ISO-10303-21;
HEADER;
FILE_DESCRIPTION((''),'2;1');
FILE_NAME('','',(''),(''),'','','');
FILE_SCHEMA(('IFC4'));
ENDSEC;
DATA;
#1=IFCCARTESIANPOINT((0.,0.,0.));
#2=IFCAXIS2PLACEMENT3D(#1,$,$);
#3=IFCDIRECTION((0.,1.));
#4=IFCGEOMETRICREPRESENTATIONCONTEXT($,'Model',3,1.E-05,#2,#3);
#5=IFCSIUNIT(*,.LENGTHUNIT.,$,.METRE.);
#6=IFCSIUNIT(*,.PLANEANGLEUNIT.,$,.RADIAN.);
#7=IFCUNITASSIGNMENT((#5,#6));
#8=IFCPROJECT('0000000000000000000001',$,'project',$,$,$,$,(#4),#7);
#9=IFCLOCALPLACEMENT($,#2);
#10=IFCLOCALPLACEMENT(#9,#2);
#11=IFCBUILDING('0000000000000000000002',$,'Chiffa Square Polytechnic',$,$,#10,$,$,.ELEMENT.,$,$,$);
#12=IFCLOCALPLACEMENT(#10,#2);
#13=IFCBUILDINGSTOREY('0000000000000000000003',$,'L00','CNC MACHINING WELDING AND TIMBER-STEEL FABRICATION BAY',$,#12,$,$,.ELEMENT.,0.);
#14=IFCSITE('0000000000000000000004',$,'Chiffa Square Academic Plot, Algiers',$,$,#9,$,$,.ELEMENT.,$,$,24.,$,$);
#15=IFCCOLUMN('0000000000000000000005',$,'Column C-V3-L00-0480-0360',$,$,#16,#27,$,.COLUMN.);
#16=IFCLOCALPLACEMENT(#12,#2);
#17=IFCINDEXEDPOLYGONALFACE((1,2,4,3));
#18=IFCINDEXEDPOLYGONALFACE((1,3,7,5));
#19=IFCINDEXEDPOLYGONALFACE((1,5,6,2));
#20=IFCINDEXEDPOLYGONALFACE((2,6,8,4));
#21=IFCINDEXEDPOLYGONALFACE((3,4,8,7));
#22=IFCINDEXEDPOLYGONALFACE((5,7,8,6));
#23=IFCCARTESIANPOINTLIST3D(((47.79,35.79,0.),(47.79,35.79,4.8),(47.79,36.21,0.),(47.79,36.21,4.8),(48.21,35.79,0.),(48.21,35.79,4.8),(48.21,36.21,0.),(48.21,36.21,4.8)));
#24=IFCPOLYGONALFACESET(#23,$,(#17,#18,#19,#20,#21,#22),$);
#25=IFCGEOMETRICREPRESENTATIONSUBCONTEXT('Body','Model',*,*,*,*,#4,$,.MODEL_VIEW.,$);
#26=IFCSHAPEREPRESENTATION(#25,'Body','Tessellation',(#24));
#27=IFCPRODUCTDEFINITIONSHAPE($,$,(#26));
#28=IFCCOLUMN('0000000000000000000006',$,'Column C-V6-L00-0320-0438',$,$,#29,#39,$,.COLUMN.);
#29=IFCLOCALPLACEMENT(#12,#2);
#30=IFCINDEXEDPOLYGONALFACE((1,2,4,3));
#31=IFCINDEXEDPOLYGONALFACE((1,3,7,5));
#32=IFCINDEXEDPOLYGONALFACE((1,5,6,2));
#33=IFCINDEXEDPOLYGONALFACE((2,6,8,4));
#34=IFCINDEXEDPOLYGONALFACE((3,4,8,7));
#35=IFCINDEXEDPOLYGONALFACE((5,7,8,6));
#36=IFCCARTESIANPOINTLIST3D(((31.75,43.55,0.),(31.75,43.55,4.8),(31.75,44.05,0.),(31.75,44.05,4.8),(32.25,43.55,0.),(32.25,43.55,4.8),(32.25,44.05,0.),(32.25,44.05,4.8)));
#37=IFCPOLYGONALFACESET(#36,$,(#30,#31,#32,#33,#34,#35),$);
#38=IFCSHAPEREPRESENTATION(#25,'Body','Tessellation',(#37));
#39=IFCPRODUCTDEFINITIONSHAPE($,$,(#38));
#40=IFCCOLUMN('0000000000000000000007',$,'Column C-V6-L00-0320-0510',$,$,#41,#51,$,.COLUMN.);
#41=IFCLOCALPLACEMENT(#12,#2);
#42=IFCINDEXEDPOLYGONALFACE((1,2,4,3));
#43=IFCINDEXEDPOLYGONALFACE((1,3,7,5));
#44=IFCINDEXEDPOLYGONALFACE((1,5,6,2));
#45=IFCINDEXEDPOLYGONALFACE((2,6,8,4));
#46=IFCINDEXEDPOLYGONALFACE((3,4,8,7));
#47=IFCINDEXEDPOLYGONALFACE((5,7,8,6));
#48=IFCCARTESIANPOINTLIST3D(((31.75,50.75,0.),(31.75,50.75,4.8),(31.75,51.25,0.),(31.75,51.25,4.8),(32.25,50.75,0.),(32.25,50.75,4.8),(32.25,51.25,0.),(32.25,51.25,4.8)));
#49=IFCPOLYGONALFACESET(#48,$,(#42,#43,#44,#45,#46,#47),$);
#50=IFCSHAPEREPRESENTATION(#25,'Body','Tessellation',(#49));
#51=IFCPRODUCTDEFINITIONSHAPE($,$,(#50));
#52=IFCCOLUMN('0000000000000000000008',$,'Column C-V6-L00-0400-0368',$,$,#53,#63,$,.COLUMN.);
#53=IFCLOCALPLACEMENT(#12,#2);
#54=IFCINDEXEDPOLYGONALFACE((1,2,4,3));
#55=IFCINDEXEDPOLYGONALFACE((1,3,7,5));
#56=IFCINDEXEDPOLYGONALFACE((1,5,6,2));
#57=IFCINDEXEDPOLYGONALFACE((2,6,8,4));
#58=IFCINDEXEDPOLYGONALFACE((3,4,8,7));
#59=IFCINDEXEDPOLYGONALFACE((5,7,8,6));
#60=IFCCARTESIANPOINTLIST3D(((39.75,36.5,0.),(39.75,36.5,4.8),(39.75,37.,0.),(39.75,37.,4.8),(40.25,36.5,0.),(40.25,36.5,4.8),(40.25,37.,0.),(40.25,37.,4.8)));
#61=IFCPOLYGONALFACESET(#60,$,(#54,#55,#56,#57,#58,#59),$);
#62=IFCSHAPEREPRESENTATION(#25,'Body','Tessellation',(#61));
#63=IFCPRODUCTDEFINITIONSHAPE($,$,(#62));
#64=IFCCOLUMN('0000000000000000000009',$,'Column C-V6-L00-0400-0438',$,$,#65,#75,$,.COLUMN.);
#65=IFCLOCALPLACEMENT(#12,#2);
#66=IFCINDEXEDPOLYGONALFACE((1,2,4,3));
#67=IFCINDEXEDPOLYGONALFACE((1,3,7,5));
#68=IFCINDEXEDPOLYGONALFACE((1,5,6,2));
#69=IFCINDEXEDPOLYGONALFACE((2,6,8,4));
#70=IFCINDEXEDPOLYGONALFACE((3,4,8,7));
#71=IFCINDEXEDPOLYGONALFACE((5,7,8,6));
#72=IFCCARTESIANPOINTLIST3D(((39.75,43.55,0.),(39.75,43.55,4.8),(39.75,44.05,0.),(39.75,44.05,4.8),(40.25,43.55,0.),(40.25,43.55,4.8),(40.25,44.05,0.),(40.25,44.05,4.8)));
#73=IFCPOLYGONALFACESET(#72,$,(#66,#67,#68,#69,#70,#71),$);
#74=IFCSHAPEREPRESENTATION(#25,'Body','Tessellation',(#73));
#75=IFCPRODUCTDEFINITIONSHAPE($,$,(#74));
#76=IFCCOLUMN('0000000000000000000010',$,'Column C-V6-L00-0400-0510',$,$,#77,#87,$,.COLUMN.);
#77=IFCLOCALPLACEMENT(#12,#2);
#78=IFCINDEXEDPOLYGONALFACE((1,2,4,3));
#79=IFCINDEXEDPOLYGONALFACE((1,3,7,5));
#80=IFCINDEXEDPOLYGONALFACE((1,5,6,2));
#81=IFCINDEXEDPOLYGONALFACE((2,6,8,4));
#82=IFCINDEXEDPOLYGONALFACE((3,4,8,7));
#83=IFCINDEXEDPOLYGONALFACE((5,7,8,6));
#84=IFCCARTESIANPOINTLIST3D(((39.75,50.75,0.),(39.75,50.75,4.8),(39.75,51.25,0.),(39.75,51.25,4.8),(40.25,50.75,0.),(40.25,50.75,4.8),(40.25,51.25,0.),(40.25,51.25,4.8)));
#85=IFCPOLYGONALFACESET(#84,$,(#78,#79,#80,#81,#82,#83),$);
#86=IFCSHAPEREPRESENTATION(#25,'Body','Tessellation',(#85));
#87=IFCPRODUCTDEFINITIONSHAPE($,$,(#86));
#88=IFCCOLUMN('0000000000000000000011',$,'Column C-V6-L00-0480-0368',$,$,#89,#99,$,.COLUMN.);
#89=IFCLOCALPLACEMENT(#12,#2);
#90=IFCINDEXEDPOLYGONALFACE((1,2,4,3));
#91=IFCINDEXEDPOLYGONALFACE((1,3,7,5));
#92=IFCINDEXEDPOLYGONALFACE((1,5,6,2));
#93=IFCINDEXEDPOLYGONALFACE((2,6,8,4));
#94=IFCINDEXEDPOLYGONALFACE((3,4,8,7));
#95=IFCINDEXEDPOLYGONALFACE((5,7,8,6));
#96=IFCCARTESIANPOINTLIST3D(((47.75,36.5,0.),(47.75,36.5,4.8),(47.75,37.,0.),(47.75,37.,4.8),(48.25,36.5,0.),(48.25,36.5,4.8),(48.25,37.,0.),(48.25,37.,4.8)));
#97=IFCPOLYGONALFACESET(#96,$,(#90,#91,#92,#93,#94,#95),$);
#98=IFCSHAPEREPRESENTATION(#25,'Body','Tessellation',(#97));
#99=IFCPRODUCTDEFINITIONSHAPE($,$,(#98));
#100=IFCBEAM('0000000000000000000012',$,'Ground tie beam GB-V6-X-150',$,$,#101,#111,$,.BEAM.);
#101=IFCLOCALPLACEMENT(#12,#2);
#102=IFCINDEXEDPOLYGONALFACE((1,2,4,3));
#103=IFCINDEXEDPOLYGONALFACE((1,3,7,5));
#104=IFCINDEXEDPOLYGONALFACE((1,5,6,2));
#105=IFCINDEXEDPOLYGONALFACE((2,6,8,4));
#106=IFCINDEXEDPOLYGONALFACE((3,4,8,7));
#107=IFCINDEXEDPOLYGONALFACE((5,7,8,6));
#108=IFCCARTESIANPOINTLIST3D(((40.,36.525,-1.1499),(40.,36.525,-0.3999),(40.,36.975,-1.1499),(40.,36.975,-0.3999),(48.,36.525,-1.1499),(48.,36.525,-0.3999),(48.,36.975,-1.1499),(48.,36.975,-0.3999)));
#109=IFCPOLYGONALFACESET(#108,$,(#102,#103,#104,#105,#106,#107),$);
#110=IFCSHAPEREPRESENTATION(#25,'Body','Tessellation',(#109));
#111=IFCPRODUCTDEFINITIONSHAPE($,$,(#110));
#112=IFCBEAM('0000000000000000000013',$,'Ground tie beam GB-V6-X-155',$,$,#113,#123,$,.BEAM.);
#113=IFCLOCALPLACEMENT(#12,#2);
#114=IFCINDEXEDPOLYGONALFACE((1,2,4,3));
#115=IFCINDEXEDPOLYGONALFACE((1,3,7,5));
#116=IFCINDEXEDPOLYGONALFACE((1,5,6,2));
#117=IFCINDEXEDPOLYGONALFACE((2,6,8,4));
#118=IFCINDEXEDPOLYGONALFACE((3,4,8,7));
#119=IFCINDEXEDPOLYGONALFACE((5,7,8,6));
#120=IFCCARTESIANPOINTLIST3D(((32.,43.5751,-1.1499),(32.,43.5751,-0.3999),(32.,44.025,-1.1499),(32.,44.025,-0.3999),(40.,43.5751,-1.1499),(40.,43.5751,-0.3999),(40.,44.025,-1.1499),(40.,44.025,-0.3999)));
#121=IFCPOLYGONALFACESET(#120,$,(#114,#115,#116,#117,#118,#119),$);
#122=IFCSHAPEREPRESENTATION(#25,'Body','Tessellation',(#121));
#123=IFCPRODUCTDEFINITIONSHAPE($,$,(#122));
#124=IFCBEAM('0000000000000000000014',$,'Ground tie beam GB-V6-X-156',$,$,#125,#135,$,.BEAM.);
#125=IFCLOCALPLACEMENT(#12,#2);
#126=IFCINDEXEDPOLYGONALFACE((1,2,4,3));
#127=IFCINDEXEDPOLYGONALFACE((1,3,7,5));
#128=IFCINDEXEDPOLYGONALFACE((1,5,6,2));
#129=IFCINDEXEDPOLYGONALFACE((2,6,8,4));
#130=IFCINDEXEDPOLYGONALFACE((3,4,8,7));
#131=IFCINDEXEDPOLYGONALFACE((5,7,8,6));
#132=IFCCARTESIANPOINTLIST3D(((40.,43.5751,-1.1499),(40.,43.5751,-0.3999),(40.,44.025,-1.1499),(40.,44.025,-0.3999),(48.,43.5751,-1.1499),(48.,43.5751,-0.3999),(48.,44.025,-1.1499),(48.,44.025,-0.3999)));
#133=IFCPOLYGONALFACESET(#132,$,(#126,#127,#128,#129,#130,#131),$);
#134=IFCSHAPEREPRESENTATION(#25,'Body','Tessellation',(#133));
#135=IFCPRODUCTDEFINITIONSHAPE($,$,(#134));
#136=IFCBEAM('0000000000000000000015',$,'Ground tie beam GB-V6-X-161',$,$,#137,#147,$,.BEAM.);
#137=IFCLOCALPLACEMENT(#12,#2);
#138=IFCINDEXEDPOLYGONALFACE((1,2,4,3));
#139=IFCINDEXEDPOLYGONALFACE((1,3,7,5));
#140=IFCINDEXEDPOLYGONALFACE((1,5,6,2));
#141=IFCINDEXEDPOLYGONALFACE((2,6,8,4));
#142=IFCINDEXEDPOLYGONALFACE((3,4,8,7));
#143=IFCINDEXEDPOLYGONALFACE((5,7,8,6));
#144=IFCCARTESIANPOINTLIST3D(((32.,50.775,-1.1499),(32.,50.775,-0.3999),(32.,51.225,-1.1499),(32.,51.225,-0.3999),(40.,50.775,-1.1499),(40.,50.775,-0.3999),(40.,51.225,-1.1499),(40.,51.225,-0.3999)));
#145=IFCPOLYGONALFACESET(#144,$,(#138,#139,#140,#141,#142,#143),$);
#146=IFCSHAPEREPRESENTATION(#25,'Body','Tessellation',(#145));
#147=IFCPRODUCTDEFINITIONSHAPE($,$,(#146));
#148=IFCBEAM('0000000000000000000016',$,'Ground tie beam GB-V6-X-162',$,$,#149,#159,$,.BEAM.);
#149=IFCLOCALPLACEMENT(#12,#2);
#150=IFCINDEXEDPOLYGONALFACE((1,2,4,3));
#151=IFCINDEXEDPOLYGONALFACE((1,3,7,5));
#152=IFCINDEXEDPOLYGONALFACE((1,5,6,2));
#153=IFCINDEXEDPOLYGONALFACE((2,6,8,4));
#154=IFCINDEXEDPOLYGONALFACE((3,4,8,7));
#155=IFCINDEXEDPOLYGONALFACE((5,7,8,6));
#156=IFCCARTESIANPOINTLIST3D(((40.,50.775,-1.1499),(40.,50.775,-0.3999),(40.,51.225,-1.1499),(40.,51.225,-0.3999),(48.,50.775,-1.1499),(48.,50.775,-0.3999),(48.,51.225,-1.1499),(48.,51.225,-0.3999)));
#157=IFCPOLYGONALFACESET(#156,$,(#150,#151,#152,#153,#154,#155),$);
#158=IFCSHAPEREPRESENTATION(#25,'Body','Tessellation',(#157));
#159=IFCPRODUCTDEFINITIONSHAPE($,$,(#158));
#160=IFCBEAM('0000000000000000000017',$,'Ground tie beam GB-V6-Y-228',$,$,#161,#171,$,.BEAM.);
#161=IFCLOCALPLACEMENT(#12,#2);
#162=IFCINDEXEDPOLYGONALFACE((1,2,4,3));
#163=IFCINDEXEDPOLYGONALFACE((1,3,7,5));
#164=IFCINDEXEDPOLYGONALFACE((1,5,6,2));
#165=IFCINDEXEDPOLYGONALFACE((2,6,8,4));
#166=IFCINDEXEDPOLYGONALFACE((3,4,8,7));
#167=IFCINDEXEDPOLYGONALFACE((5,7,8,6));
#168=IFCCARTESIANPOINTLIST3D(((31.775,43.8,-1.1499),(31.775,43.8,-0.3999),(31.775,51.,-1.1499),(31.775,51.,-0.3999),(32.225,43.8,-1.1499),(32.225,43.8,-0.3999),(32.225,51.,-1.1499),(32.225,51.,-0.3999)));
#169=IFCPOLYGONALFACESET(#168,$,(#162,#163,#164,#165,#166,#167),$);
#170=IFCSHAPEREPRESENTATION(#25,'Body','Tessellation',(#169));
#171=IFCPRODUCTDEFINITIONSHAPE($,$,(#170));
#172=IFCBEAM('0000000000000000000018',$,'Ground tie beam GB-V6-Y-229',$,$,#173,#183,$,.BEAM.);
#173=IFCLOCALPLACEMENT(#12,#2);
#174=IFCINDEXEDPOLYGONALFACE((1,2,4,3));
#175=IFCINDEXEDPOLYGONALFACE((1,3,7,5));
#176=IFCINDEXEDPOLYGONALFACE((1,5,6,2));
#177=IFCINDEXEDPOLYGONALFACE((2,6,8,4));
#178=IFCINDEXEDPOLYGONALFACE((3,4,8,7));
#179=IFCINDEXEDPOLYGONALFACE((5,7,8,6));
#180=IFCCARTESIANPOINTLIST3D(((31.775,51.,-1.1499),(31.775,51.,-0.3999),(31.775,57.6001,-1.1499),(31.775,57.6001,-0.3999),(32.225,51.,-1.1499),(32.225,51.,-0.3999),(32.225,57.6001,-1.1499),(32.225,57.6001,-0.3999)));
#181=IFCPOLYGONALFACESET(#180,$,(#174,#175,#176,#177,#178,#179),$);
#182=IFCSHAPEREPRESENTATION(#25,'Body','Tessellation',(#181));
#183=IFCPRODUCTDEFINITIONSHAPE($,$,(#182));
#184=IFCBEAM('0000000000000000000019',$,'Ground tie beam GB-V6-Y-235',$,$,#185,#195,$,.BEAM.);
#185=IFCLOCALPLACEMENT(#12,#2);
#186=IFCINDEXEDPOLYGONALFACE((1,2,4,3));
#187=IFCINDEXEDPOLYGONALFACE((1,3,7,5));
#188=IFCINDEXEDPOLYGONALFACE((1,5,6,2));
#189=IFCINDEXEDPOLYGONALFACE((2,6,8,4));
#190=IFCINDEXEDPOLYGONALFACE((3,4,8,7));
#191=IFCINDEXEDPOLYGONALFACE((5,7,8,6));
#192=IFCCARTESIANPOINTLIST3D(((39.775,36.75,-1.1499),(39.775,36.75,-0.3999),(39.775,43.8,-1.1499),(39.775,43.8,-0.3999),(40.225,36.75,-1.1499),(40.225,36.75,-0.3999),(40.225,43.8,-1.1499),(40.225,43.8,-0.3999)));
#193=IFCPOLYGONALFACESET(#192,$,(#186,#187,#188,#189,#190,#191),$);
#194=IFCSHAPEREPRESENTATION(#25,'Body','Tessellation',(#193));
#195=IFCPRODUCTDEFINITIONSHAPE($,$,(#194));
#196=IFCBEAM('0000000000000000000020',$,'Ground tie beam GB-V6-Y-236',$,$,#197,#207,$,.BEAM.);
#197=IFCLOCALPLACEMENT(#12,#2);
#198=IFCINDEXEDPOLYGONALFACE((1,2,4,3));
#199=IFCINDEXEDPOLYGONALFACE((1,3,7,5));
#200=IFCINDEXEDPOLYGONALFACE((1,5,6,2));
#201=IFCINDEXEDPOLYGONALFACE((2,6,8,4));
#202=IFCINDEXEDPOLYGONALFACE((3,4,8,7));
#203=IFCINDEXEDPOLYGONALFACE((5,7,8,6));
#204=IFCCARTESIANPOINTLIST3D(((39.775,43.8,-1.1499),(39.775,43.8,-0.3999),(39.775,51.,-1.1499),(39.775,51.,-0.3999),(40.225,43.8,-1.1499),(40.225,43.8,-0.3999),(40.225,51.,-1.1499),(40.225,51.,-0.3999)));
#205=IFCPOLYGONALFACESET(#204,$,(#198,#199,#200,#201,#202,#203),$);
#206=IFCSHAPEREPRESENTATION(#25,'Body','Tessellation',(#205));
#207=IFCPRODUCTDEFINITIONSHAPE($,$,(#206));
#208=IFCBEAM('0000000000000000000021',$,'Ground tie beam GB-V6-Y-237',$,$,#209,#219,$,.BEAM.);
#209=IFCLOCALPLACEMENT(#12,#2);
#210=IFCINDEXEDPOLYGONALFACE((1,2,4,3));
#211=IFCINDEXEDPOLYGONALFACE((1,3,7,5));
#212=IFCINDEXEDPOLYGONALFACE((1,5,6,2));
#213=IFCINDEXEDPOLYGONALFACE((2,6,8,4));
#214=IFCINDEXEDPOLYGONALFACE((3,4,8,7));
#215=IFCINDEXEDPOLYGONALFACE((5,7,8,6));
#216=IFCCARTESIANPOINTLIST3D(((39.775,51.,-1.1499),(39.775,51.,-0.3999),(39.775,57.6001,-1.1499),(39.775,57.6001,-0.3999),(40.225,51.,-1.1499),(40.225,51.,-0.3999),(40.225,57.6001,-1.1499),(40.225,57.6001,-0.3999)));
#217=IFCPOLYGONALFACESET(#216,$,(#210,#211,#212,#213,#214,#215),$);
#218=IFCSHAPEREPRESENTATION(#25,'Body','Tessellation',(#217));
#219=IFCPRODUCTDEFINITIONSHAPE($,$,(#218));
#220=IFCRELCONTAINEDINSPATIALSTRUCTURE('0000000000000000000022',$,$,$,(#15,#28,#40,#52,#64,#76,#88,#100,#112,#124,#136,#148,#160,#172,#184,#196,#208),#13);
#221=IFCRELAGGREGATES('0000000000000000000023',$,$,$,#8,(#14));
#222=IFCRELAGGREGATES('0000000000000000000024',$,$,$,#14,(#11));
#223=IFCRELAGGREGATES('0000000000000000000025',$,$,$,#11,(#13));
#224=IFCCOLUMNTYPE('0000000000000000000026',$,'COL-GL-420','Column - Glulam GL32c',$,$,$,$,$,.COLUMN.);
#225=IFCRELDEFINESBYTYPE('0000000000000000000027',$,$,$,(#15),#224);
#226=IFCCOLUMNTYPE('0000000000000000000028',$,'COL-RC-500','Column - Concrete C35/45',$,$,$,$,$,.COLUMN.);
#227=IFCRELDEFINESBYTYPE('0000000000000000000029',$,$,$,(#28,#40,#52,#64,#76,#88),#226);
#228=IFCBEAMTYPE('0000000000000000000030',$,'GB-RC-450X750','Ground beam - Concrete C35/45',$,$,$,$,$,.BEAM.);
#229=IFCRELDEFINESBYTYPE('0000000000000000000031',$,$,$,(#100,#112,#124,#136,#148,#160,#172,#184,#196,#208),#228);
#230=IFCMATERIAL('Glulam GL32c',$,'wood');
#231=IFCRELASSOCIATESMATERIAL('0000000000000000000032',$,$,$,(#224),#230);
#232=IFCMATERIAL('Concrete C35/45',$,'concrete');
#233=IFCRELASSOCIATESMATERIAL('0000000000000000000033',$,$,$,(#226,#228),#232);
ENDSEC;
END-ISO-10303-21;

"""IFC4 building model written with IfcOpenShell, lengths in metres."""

from ifc_helpers import new_model, si_unit, direction, frame, origin, origin_2d, place, context, subcontext, project, spatial, rectangle, extrude, material, material_profile, profile_set, type_object, element, save


model = new_model("IFC4")

# Units and contexts
model_context = context("Model", 3, precision=1e-05, world=origin(), true_north=direction((0.0, 1.0)))
body_context = subcontext(model_context, "Body", "Model", "MODEL_VIEW")
ifc_project = project(units=[si_unit("LENGTHUNIT", "METRE"), si_unit("PLANEANGLEUNIT", "RADIAN")], contexts=[model_context])

# Site, building, storey
site_placement = place(None, origin())
site = spatial("IfcSite", under=ifc_project, at=site_placement, Name="Chiffa Square Academic Plot, Algiers", CompositionType="ELEMENT", RefElevation=24.0)
building_placement = place(site_placement, origin())
building = spatial("IfcBuilding", under=site, at=building_placement, Name="Chiffa Square Polytechnic", CompositionType="ELEMENT")
storey_placement = place(building_placement, origin())
storey = spatial("IfcBuildingStorey", under=building, at=storey_placement, Name="L00", Description="CNC MACHINING WELDING AND TIMBER-STEEL FABRICATION BAY", CompositionType="ELEMENT", Elevation=0.0)

# Columns
ifc_material_1 = material(Name="Glulam GL32c", Category="wood")
ifc_material_profile_1 = material_profile(ifc_material_1, rectangle(XDim=0.4199, YDim=0.4199, at=origin_2d()), Name="GL32c 420x420")
ifc_profile_set_1 = profile_set([ifc_material_profile_1], Name="Glulam GL32c")
column_type_1 = type_object("IfcColumnType", Name="COL-GL-420", Description="Column - Glulam GL32c", PredefinedType="COLUMN", material=ifc_profile_set_1)
column_placement = place(storey_placement, frame((48.0, 36.0, 0.0), z_axis=(0.0, 0.0, 1.0), x_axis=(1.0, 0.0, 0.0)))
element("IfcColumn", 1, at=column_placement, inside=storey, type_object=column_type_1, Name="Column C-V3-L00-0480-0360", PredefinedType="COLUMN", context=body_context, shape_type="SweptSolid", body=[
    extrude(rectangle(XDim=0.4199, YDim=0.4199, at=origin_2d()), origin(), (0.0, 0.0, 1.0), 4.8),
])
ifc_material_2 = material(Name="Concrete C35/45", Category="concrete")
ifc_material_profile_2 = material_profile(ifc_material_2, rectangle(XDim=0.5, YDim=0.5, at=origin_2d()), Name="RC 500x500")
ifc_profile_set_2 = profile_set([ifc_material_profile_2], Name="Concrete C35/45")
column_type_2 = type_object("IfcColumnType", Name="COL-RC-500", Description="Column - Concrete C35/45", PredefinedType="COLUMN", material=ifc_profile_set_2)
for number, where, z_axis, x_axis, name in (
    (2, (32.0, 43.8, 0.0), (0.0, 0.0, 1.0), (1.0, 0.0, 0.0), "Column C-V6-L00-0320-0438"),
    (3, (32.0, 51.0, 0.0), (0.0, 0.0, 1.0), (1.0, 0.0, 0.0), "Column C-V6-L00-0320-0510"),
    (4, (40.0, 36.75, 0.0), (0.0, 0.0, 1.0), (1.0, 0.0, 0.0), "Column C-V6-L00-0400-0368"),
    (5, (40.0, 43.8, 0.0), (0.0, 0.0, 1.0), (1.0, 0.0, 0.0), "Column C-V6-L00-0400-0438"),
    (6, (40.0, 51.0, 0.0), (0.0, 0.0, 1.0), (1.0, 0.0, 0.0), "Column C-V6-L00-0400-0510"),
    (7, (48.0, 36.75, 0.0), (0.0, 0.0, 1.0), (1.0, 0.0, 0.0), "Column C-V6-L00-0480-0368"),
):
    element("IfcColumn", number, at=place(storey_placement, frame(where, z_axis=z_axis, x_axis=x_axis)), inside=storey, type_object=column_type_2, Name=name, PredefinedType="COLUMN", context=body_context, shape_type="SweptSolid", body=[
        extrude(rectangle(XDim=0.5, YDim=0.5, at=origin_2d()), origin(), (0.0, 0.0, 1.0), 4.8),
    ])

# Beams
ifc_material_profile_3 = material_profile(ifc_material_2, rectangle(XDim=0.45, YDim=0.75, at=origin_2d()), Name="RC 450x750")
ifc_profile_set_3 = profile_set([ifc_material_profile_3], Name="Concrete C35/45")
beam_type = type_object("IfcBeamType", Name="GB-RC-450X750", Description="Ground beam - Concrete C35/45", PredefinedType="BEAM", material=ifc_profile_set_3)
for number, where, z_axis, x_axis, name in (
    (8, (40.0, 36.75, -0.7749), (1.0, 0.0, 0.0), (0.0, 1.0, 0.0), "Ground tie beam GB-V6-X-150"),
    (9, (32.0, 43.8, -0.7749), (1.0, 0.0, 0.0), (0.0, 1.0, 0.0), "Ground tie beam GB-V6-X-155"),
    (10, (40.0, 43.8, -0.7749), (1.0, 0.0, 0.0), (0.0, 1.0, 0.0), "Ground tie beam GB-V6-X-156"),
    (11, (32.0, 51.0, -0.7749), (1.0, 0.0, 0.0), (0.0, 1.0, 0.0), "Ground tie beam GB-V6-X-161"),
    (12, (40.0, 51.0, -0.7749), (1.0, 0.0, 0.0), (0.0, 1.0, 0.0), "Ground tie beam GB-V6-X-162"),
):
    element("IfcBeam", number, at=place(storey_placement, frame(where, z_axis=z_axis, x_axis=x_axis)), inside=storey, type_object=beam_type, Name=name, PredefinedType="BEAM", context=body_context, shape_type="SweptSolid", body=[
        extrude(rectangle(XDim=0.45, YDim=0.75, at=origin_2d()), origin(), (0.0, 0.0, 1.0), 8.0),
    ])
beam_1_placement = place(storey_placement, frame((32.0, 43.8, -0.7749), z_axis=(0.0, 1.0, 0.0), x_axis=(-1.0, 0.0, 0.0)))
element("IfcBeam", 13, at=beam_1_placement, inside=storey, type_object=beam_type, Name="Ground tie beam GB-V6-Y-228", PredefinedType="BEAM", context=body_context, shape_type="SweptSolid", body=[
    extrude(rectangle(XDim=0.45, YDim=0.75, at=origin_2d()), origin(), (0.0, 0.0, 1.0), 7.2),
])
beam_2_placement = place(storey_placement, frame((32.0, 51.0, -0.7749), z_axis=(0.0, 1.0, 0.0), x_axis=(-1.0, 0.0, 0.0)))
element("IfcBeam", 14, at=beam_2_placement, inside=storey, type_object=beam_type, Name="Ground tie beam GB-V6-Y-229", PredefinedType="BEAM", context=body_context, shape_type="SweptSolid", body=[
    extrude(rectangle(XDim=0.45, YDim=0.75, at=origin_2d()), origin(), (0.0, 0.0, 1.0), 6.6001),
])
beam_3_placement = place(storey_placement, frame((40.0, 36.75, -0.7749), z_axis=(0.0, 1.0, 0.0), x_axis=(-1.0, 0.0, 0.0)))
element("IfcBeam", 15, at=beam_3_placement, inside=storey, type_object=beam_type, Name="Ground tie beam GB-V6-Y-235", PredefinedType="BEAM", context=body_context, shape_type="SweptSolid", body=[
    extrude(rectangle(XDim=0.45, YDim=0.75, at=origin_2d()), origin(), (0.0, 0.0, 1.0), 7.05),
])
beam_4_placement = place(storey_placement, frame((40.0, 43.8, -0.7749), z_axis=(0.0, 1.0, 0.0), x_axis=(-1.0, 0.0, 0.0)))
element("IfcBeam", 16, at=beam_4_placement, inside=storey, type_object=beam_type, Name="Ground tie beam GB-V6-Y-236", PredefinedType="BEAM", context=body_context, shape_type="SweptSolid", body=[
    extrude(rectangle(XDim=0.45, YDim=0.75, at=origin_2d()), origin(), (0.0, 0.0, 1.0), 7.2),
])
beam_5_placement = place(storey_placement, frame((40.0, 51.0, -0.7749), z_axis=(0.0, 1.0, 0.0), x_axis=(-1.0, 0.0, 0.0)))
element("IfcBeam", 17, at=beam_5_placement, inside=storey, type_object=beam_type, Name="Ground tie beam GB-V6-Y-237", PredefinedType="BEAM", context=body_context, shape_type="SweptSolid", body=[
    extrude(rectangle(XDim=0.45, YDim=0.75, at=origin_2d()), origin(), (0.0, 0.0, 1.0), 6.6001),
])

save(model, "model.ifc")
